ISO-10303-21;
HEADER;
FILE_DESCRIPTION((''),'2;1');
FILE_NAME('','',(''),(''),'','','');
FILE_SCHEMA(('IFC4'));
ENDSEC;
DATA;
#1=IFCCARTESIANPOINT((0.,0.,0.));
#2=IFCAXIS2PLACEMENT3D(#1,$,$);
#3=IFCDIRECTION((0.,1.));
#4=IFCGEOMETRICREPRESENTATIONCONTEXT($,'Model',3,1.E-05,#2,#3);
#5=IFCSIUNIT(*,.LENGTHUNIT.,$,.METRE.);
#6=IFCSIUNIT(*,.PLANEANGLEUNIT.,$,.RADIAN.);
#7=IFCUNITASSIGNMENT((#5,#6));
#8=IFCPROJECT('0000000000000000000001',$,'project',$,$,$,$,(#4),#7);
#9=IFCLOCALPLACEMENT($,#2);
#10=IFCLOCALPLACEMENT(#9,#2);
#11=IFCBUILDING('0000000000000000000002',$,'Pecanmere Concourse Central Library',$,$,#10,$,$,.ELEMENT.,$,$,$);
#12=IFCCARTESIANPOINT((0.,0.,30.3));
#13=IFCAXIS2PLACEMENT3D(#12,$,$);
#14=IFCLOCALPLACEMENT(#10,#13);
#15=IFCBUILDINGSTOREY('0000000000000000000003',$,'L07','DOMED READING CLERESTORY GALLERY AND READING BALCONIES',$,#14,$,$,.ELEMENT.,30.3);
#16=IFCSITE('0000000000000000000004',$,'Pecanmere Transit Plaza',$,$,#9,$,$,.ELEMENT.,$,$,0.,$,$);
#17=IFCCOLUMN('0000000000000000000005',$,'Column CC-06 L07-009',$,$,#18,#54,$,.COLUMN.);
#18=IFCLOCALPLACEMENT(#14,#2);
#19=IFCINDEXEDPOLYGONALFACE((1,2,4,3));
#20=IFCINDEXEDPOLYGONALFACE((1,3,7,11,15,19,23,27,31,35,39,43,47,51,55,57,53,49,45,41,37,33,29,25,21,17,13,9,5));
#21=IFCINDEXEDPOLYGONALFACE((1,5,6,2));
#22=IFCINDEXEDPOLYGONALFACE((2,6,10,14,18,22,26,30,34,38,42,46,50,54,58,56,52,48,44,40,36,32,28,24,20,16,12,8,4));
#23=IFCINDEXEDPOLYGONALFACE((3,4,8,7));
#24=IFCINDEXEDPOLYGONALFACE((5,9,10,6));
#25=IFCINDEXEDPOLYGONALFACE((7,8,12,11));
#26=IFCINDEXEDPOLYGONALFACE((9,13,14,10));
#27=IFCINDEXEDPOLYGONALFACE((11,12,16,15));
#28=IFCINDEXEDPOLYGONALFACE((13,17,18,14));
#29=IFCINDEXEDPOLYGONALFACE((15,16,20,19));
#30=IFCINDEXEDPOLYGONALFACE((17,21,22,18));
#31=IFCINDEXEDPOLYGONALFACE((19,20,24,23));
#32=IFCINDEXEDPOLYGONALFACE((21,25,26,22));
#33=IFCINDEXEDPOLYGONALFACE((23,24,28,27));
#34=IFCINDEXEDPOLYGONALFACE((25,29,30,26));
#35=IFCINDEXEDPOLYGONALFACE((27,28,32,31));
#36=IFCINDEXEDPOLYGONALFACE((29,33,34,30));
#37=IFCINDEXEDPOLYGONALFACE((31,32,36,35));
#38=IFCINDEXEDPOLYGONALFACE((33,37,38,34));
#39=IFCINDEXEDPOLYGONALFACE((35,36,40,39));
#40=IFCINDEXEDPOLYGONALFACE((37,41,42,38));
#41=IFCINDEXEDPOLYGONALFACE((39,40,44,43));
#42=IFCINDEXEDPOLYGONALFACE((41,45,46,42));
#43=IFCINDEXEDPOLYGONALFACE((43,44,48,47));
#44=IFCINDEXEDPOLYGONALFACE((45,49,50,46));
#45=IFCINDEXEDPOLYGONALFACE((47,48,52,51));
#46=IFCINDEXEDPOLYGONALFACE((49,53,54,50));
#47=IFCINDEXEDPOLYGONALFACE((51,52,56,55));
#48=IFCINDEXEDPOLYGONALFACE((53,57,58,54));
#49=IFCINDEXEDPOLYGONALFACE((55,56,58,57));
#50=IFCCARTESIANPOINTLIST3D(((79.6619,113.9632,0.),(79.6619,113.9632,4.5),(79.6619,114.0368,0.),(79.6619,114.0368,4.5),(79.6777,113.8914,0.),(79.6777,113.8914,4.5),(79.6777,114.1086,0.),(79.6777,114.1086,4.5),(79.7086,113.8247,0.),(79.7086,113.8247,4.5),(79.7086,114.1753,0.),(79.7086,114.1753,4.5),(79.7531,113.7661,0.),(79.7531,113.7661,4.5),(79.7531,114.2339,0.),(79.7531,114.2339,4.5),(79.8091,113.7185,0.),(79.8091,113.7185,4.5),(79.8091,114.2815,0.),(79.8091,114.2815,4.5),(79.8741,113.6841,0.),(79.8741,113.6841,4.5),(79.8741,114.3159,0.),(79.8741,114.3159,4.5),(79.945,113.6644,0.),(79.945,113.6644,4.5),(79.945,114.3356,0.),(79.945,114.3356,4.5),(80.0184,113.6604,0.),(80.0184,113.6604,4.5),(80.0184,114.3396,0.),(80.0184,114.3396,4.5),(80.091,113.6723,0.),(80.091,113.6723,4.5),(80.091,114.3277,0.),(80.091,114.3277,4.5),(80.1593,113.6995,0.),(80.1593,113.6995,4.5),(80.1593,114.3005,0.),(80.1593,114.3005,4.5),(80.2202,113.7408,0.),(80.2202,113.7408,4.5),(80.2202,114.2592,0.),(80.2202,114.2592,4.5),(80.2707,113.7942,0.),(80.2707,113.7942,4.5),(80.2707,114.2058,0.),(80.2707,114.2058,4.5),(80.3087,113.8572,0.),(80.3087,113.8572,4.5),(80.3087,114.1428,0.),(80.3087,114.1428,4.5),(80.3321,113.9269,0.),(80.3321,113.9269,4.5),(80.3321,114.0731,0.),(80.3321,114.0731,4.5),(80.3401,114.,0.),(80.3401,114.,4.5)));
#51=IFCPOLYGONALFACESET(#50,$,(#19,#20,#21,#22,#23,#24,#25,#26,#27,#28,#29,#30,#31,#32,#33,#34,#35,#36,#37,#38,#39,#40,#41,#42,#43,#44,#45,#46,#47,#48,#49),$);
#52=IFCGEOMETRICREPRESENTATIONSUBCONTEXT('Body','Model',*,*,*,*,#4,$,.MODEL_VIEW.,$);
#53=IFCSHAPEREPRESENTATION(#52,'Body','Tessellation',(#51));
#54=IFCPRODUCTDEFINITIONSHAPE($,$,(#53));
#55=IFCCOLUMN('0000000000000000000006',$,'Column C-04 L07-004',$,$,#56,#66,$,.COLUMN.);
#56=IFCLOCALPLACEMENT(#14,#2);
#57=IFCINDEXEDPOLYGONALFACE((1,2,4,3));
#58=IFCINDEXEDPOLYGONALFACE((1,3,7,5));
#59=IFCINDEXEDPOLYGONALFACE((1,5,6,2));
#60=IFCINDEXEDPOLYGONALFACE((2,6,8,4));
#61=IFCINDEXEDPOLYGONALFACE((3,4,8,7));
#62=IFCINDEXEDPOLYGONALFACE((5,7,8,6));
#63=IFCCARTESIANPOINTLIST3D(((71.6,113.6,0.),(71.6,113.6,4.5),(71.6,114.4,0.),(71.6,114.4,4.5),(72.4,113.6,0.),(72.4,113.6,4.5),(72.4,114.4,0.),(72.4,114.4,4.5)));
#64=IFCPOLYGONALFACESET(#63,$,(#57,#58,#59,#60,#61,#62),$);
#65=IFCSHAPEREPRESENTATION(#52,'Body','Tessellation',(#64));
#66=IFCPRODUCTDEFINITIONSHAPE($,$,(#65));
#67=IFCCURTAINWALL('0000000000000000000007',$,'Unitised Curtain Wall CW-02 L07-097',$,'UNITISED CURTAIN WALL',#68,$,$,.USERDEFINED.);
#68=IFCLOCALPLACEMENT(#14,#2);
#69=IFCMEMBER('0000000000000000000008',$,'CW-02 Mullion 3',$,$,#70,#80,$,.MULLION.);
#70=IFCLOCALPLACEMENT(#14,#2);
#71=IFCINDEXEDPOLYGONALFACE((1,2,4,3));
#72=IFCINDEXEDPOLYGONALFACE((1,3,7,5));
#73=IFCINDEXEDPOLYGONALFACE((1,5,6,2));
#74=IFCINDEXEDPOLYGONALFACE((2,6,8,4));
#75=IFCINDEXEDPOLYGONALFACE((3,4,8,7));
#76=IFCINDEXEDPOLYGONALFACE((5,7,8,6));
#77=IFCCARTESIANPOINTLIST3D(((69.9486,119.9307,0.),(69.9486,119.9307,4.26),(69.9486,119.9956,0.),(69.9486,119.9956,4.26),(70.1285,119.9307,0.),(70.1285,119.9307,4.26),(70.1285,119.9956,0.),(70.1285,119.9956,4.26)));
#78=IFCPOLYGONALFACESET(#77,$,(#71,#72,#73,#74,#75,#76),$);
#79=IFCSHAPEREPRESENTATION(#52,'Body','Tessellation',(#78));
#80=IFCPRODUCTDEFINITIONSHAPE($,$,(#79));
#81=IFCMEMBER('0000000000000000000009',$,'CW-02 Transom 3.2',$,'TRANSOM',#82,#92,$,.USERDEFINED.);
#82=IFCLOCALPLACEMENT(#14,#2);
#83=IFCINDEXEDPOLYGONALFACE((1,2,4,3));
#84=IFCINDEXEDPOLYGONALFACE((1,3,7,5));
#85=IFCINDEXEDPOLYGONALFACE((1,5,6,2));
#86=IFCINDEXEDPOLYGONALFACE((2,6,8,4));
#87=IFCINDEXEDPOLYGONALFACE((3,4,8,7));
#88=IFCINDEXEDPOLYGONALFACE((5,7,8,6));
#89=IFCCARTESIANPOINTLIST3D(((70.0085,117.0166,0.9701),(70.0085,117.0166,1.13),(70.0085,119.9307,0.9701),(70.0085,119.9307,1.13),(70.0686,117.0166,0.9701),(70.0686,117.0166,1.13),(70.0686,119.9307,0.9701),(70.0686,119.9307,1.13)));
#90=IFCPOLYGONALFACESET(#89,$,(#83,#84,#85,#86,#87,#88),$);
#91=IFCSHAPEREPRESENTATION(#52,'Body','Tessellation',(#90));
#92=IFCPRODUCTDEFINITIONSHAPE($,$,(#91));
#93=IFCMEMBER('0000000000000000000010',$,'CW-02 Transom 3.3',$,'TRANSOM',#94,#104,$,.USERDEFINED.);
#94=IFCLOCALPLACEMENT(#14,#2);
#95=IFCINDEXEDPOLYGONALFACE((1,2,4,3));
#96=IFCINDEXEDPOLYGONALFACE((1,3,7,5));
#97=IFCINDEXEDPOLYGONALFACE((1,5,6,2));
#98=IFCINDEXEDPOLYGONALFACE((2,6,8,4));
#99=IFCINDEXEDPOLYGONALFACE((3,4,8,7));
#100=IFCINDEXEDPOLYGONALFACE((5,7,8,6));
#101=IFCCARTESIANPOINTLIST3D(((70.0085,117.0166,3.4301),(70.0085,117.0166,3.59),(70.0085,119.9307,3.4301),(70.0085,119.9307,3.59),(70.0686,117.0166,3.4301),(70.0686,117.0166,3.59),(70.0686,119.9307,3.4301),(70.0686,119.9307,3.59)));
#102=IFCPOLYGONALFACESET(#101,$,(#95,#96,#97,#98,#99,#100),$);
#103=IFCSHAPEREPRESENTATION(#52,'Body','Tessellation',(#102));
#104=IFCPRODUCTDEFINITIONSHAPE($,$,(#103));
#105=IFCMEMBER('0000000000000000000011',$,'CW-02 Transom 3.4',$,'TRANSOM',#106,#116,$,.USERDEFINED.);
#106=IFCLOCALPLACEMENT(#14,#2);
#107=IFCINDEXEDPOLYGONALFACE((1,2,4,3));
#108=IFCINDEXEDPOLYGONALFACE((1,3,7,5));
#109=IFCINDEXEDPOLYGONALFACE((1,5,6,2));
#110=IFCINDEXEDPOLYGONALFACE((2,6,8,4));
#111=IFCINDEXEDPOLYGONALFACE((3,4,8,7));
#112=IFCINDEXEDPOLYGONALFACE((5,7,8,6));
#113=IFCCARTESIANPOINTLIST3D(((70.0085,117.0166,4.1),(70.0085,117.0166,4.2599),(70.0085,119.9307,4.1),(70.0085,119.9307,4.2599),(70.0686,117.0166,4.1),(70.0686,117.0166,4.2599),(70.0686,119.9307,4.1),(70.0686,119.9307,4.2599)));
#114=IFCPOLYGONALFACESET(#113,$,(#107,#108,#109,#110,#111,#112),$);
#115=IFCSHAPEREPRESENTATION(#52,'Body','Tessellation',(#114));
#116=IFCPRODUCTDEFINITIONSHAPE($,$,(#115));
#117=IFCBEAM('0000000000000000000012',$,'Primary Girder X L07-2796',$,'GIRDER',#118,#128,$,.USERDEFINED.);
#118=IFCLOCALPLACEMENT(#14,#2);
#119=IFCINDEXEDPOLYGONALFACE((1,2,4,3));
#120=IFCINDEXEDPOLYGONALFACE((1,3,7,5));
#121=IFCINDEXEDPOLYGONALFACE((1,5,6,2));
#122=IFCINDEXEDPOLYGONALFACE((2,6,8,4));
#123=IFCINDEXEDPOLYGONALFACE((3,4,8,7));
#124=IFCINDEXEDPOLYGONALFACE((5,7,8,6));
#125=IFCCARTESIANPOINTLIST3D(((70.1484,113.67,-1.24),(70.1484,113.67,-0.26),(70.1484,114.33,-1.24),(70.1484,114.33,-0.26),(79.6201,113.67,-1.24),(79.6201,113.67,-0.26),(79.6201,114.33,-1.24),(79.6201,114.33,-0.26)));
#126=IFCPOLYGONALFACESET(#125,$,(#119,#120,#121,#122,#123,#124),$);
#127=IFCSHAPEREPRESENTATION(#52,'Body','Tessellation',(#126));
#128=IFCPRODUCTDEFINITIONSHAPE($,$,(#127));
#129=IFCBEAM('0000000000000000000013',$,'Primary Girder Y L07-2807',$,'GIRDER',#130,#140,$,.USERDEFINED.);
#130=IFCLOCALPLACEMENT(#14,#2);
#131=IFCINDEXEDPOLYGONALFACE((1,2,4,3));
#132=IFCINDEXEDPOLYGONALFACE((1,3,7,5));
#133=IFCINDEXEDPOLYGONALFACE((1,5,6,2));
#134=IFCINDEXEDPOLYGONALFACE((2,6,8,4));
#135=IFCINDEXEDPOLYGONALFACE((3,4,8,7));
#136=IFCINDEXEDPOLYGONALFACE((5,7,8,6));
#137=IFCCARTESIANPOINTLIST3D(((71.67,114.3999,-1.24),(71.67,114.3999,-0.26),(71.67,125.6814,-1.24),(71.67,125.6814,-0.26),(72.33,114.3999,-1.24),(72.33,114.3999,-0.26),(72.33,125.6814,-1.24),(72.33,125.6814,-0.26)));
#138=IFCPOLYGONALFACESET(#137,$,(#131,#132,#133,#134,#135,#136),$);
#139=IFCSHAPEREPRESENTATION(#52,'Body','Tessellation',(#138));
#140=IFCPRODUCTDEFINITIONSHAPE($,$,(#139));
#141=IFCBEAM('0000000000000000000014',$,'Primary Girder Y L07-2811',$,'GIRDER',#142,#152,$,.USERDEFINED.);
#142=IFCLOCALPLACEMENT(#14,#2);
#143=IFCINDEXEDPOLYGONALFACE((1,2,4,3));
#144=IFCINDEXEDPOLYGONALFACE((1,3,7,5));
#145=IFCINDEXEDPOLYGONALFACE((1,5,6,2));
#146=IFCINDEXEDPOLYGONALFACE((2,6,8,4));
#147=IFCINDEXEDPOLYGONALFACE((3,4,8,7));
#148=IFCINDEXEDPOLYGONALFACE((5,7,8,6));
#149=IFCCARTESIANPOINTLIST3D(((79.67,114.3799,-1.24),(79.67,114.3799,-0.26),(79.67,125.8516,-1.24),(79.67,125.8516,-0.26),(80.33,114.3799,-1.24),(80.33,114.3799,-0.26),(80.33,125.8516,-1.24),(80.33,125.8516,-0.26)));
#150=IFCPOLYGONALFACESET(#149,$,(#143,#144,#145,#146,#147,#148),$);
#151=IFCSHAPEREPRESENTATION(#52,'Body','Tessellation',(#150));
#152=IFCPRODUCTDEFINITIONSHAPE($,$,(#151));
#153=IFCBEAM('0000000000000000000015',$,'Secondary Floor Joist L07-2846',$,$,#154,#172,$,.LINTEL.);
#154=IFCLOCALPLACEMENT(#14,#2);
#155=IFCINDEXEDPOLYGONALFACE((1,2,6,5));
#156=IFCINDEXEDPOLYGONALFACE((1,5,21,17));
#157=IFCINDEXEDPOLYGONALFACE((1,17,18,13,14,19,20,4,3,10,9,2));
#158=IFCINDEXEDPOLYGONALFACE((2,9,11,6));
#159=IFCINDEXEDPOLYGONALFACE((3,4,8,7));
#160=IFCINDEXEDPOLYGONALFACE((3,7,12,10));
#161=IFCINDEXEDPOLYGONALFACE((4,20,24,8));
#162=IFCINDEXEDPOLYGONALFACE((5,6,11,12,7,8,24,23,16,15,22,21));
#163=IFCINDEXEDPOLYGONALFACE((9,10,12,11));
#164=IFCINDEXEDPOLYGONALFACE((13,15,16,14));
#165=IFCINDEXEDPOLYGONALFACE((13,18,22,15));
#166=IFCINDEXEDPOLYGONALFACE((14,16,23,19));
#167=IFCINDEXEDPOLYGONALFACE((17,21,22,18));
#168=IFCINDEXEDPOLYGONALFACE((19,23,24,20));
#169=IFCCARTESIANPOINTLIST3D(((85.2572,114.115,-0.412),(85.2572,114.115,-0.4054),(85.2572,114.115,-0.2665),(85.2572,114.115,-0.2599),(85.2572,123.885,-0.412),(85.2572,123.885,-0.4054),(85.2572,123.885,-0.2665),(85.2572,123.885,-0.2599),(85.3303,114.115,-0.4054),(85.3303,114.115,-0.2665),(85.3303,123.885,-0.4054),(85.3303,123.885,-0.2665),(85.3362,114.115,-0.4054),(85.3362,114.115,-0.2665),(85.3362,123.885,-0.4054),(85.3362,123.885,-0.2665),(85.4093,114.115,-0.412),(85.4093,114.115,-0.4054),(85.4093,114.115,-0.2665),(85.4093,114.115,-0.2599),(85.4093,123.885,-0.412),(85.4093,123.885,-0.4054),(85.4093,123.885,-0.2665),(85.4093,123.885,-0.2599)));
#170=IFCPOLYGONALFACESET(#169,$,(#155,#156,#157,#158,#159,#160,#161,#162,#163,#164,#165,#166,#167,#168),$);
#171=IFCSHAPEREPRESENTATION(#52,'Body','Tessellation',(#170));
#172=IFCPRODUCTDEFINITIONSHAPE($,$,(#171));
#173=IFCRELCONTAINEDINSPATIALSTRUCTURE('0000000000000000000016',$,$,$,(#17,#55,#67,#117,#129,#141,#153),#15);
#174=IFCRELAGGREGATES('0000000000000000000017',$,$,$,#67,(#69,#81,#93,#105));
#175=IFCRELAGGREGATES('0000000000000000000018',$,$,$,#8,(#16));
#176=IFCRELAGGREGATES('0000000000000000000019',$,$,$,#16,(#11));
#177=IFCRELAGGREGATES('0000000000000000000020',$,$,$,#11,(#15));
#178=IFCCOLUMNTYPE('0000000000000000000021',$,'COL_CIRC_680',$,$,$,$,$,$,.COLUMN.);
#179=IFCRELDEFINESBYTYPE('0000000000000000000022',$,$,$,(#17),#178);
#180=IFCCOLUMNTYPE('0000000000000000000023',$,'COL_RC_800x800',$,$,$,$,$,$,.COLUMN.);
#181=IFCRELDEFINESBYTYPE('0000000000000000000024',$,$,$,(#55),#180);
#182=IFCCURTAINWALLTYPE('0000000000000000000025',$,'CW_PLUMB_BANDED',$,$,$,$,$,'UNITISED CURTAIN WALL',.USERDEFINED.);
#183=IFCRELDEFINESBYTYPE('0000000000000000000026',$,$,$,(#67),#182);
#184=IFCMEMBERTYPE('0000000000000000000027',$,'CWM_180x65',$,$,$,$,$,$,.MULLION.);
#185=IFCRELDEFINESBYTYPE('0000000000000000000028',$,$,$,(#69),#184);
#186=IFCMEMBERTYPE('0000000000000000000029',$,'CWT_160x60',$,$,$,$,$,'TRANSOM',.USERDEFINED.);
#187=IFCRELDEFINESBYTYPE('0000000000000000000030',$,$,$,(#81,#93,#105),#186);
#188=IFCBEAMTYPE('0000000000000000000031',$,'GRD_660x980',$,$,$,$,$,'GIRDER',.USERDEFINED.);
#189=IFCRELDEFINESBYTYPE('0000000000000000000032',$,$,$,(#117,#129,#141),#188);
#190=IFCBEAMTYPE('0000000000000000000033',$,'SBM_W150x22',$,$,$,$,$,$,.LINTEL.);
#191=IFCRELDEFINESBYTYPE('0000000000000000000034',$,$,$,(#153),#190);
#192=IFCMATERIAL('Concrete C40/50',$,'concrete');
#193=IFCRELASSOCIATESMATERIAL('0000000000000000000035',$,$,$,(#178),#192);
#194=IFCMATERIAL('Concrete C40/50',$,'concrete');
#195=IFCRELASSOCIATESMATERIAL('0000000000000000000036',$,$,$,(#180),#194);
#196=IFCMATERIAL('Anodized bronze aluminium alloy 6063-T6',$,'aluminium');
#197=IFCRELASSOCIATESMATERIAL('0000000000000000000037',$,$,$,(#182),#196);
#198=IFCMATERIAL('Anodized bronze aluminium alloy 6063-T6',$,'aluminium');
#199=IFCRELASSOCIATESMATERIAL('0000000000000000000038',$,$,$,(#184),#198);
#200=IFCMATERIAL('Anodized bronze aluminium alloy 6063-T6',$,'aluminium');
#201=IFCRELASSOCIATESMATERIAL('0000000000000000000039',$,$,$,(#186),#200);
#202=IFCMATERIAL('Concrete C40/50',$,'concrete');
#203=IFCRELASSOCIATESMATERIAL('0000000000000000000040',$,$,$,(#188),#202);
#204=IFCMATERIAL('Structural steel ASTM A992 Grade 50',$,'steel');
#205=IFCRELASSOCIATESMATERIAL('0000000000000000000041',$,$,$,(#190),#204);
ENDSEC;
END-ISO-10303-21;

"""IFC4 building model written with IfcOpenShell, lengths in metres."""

from ifc_helpers import new_model, si_unit, direction, frame, origin, origin_2d, place, context, subcontext, project, spatial, rectangle, circle, i_section, extrude, material, material_profile, profile_set, type_object, element, aggregate, save


model = new_model("IFC4")

# Units and contexts
model_context = context("Model", 3, precision=1e-05, world=origin(), true_north=direction((0.0, 1.0)))
body_context = subcontext(model_context, "Body", "Model", "MODEL_VIEW")
ifc_project = project(units=[si_unit("LENGTHUNIT", "METRE"), si_unit("PLANEANGLEUNIT", "RADIAN")], contexts=[model_context])

# Site, building, storey
site_placement = place(None, origin())
site = spatial("IfcSite", under=ifc_project, at=site_placement, Name="Pecanmere Transit Plaza", CompositionType="ELEMENT", RefElevation=0.0)
building_placement = place(site_placement, origin())
building = spatial("IfcBuilding", under=site, at=building_placement, Name="Pecanmere Concourse Central Library", CompositionType="ELEMENT")
storey_placement = place(building_placement, frame((0.0, 0.0, 30.3)))
storey = spatial("IfcBuildingStorey", under=building, at=storey_placement, Name="L07", Description="DOMED READING CLERESTORY GALLERY AND READING BALCONIES", CompositionType="ELEMENT", Elevation=30.3)

# Columns
ifc_material_1 = material(Name="Concrete C40/50", Category="concrete")
ifc_material_profile_1 = material_profile(ifc_material_1, circle(Radius=0.3401, at=origin_2d()), Name="RC D680")
ifc_profile_set_1 = profile_set([ifc_material_profile_1], Name="Concrete C40/50")
column_type_1 = type_object("IfcColumnType", Name="COL_CIRC_680", PredefinedType="COLUMN", material=ifc_profile_set_1)
column_1_placement = place(storey_placement, frame((80.0, 114.0, 0.0), z_axis=(0.0, 0.0, 1.0), x_axis=(1.0, 0.0, 0.0)))
element("IfcColumn", 1, at=column_1_placement, inside=storey, type_object=column_type_1, Name="Column CC-06 L07-009", PredefinedType="COLUMN", context=body_context, shape_type="SweptSolid", body=[
    extrude(circle(Radius=0.3401, at=origin_2d()), origin(), (0.0, 0.0, 1.0), 4.5),
])
ifc_material_2 = material(Name="Concrete C40/50", Category="concrete")
ifc_material_profile_2 = material_profile(ifc_material_2, rectangle(XDim=0.8, YDim=0.8, at=origin_2d()), Name="RC 800x800")
ifc_profile_set_2 = profile_set([ifc_material_profile_2], Name="Concrete C40/50")
column_type_2 = type_object("IfcColumnType", Name="COL_RC_800x800", PredefinedType="COLUMN", material=ifc_profile_set_2)
column_2_placement = place(storey_placement, frame((72.0, 114.0, 0.0), z_axis=(0.0, 0.0, 1.0), x_axis=(1.0, 0.0, 0.0)))
element("IfcColumn", 2, at=column_2_placement, inside=storey, type_object=column_type_2, Name="Column C-04 L07-004", PredefinedType="COLUMN", context=body_context, shape_type="SweptSolid", body=[
    extrude(rectangle(XDim=0.8, YDim=0.8, at=origin_2d()), origin(), (0.0, 0.0, 1.0), 4.5),
])

# Curtain wall, members
ifc_material_3 = material(Name="Anodized bronze aluminium alloy 6063-T6", Category="aluminium")
curtain_wall_type = type_object("IfcCurtainWallType", Name="CW_PLUMB_BANDED", ElementType="UNITISED CURTAIN WALL", PredefinedType="USERDEFINED", material=ifc_material_3)
curtain_wall_placement = place(storey_placement, origin())
curtain_wall = element("IfcCurtainWall", 3, at=curtain_wall_placement, inside=storey, type_object=curtain_wall_type, Name="Unitised Curtain Wall CW-02 L07-097", ObjectType="UNITISED CURTAIN WALL", PredefinedType="USERDEFINED")
ifc_material_4 = material(Name="Anodized bronze aluminium alloy 6063-T6", Category="aluminium")
ifc_material_profile_3 = material_profile(ifc_material_4, rectangle(XDim=0.0649, YDim=0.1799, at=origin_2d()), Name="AL 65x180")
ifc_profile_set_3 = profile_set([ifc_material_profile_3], Name="Anodized bronze aluminium alloy 6063-T6")
member_type_1 = type_object("IfcMemberType", Name="CWM_180x65", PredefinedType="MULLION", material=ifc_profile_set_3)
member_1_placement = place(storey_placement, frame((70.0386, 119.9631, 0.0), z_axis=(0.0, 0.0, 1.0), x_axis=(0.0, -1.0, 0.0)))
member_1 = element("IfcMember", 4, at=member_1_placement, type_object=member_type_1, Name="CW-02 Mullion 3", PredefinedType="MULLION", context=body_context, shape_type="SweptSolid", body=[
    extrude(rectangle(XDim=0.0649, YDim=0.1799, at=origin_2d()), origin(), (0.0, 0.0, 1.0), 4.26),
])
ifc_material_5 = material(Name="Anodized bronze aluminium alloy 6063-T6", Category="aluminium")
ifc_material_profile_4 = material_profile(ifc_material_5, rectangle(XDim=0.0601, YDim=0.1599, at=origin_2d()), Name="AL 60x160")
ifc_profile_set_4 = profile_set([ifc_material_profile_4], Name="Anodized bronze aluminium alloy 6063-T6")
member_type_2 = type_object("IfcMemberType", Name="CWT_160x60", ElementType="TRANSOM", PredefinedType="USERDEFINED", material=ifc_profile_set_4)
member_2_placement = place(storey_placement, frame((70.0386, 119.9307, 1.05), z_axis=(0.0, -1.0, 0.0), x_axis=(1.0, 0.0, 0.0)))
member_2 = element("IfcMember", 5, at=member_2_placement, type_object=member_type_2, Name="CW-02 Transom 3.2", ObjectType="TRANSOM", PredefinedType="USERDEFINED", context=body_context, shape_type="SweptSolid", body=[
    extrude(rectangle(XDim=0.0601, YDim=0.1599, at=origin_2d()), origin(), (0.0, 0.0, 1.0), 2.9141),
])
member_3_placement = place(storey_placement, frame((70.0386, 119.9307, 3.51), z_axis=(0.0, -1.0, 0.0), x_axis=(1.0, 0.0, 0.0)))
member_3 = element("IfcMember", 6, at=member_3_placement, type_object=member_type_2, Name="CW-02 Transom 3.3", ObjectType="TRANSOM", PredefinedType="USERDEFINED", context=body_context, shape_type="SweptSolid", body=[
    extrude(rectangle(XDim=0.0601, YDim=0.1599, at=origin_2d()), origin(), (0.0, 0.0, 1.0), 2.9141),
])
member_4_placement = place(storey_placement, frame((70.0386, 119.9307, 4.1799), z_axis=(0.0, -1.0, 0.0), x_axis=(1.0, 0.0, 0.0)))
member_4 = element("IfcMember", 7, at=member_4_placement, type_object=member_type_2, Name="CW-02 Transom 3.4", ObjectType="TRANSOM", PredefinedType="USERDEFINED", context=body_context, shape_type="SweptSolid", body=[
    extrude(rectangle(XDim=0.0601, YDim=0.1599, at=origin_2d()), origin(), (0.0, 0.0, 1.0), 2.9141),
])

# Beams
ifc_material_6 = material(Name="Concrete C40/50", Category="concrete")
ifc_material_profile_5 = material_profile(ifc_material_6, rectangle(XDim=0.6599, YDim=0.98, at=origin_2d()), Name="RC 660x980")
ifc_profile_set_5 = profile_set([ifc_material_profile_5], Name="Concrete C40/50")
beam_type_1 = type_object("IfcBeamType", Name="GRD_660x980", ElementType="GIRDER", PredefinedType="USERDEFINED", material=ifc_profile_set_5)
beam_1_placement = place(storey_placement, frame((70.1484, 114.0, -0.75), z_axis=(1.0, 0.0, 0.0), x_axis=(0.0, 1.0, 0.0)))
element("IfcBeam", 8, at=beam_1_placement, inside=storey, type_object=beam_type_1, Name="Primary Girder X L07-2796", ObjectType="GIRDER", PredefinedType="USERDEFINED", context=body_context, shape_type="SweptSolid", body=[
    extrude(rectangle(XDim=0.6599, YDim=0.98, at=origin_2d()), origin(), (0.0, 0.0, 1.0), 9.4717),
])
beam_2_placement = place(storey_placement, frame((72.0, 114.3999, -0.75), z_axis=(0.0, 1.0, 0.0), x_axis=(-1.0, 0.0, 0.0)))
element("IfcBeam", 9, at=beam_2_placement, inside=storey, type_object=beam_type_1, Name="Primary Girder Y L07-2807", ObjectType="GIRDER", PredefinedType="USERDEFINED", context=body_context, shape_type="SweptSolid", body=[
    extrude(rectangle(XDim=0.6599, YDim=0.98, at=origin_2d()), origin(), (0.0, 0.0, 1.0), 11.2815),
])
beam_3_placement = place(storey_placement, frame((80.0, 114.3799, -0.75), z_axis=(0.0, 1.0, 0.0), x_axis=(-1.0, 0.0, 0.0)))
element("IfcBeam", 10, at=beam_3_placement, inside=storey, type_object=beam_type_1, Name="Primary Girder Y L07-2811", ObjectType="GIRDER", PredefinedType="USERDEFINED", context=body_context, shape_type="SweptSolid", body=[
    extrude(rectangle(XDim=0.6599, YDim=0.98, at=origin_2d()), origin(), (0.0, 0.0, 1.0), 11.4717),
])
ifc_material_7 = material(Name="Structural steel ASTM A992 Grade 50", Category="steel")
ifc_material_profile_6 = material_profile(ifc_material_7, i_section(OverallWidth=0.1521, OverallDepth=0.1521, WebThickness=0.0059, FlangeThickness=0.0066, at=origin_2d()), Name="W150x22.5")
ifc_profile_set_6 = profile_set([ifc_material_profile_6], Name="Structural steel ASTM A992 Grade 50")
beam_type_2 = type_object("IfcBeamType", Name="SBM_W150x22", PredefinedType="LINTEL", material=ifc_profile_set_6)
beam_4_placement = place(storey_placement, frame((85.3333, 114.115, -0.3359), z_axis=(0.0, 1.0, 0.0), x_axis=(-1.0, 0.0, 0.0)))
element("IfcBeam", 11, at=beam_4_placement, inside=storey, type_object=beam_type_2, Name="Secondary Floor Joist L07-2846", PredefinedType="LINTEL", context=body_context, shape_type="SweptSolid", body=[
    extrude(i_section(OverallWidth=0.1521, OverallDepth=0.1521, WebThickness=0.0059, FlangeThickness=0.0066, at=origin_2d()), origin(), (0.0, 0.0, 1.0), 9.77),
])

aggregate(curtain_wall, [member_1, member_2, member_3, member_4])

save(model, "model.ifc")
